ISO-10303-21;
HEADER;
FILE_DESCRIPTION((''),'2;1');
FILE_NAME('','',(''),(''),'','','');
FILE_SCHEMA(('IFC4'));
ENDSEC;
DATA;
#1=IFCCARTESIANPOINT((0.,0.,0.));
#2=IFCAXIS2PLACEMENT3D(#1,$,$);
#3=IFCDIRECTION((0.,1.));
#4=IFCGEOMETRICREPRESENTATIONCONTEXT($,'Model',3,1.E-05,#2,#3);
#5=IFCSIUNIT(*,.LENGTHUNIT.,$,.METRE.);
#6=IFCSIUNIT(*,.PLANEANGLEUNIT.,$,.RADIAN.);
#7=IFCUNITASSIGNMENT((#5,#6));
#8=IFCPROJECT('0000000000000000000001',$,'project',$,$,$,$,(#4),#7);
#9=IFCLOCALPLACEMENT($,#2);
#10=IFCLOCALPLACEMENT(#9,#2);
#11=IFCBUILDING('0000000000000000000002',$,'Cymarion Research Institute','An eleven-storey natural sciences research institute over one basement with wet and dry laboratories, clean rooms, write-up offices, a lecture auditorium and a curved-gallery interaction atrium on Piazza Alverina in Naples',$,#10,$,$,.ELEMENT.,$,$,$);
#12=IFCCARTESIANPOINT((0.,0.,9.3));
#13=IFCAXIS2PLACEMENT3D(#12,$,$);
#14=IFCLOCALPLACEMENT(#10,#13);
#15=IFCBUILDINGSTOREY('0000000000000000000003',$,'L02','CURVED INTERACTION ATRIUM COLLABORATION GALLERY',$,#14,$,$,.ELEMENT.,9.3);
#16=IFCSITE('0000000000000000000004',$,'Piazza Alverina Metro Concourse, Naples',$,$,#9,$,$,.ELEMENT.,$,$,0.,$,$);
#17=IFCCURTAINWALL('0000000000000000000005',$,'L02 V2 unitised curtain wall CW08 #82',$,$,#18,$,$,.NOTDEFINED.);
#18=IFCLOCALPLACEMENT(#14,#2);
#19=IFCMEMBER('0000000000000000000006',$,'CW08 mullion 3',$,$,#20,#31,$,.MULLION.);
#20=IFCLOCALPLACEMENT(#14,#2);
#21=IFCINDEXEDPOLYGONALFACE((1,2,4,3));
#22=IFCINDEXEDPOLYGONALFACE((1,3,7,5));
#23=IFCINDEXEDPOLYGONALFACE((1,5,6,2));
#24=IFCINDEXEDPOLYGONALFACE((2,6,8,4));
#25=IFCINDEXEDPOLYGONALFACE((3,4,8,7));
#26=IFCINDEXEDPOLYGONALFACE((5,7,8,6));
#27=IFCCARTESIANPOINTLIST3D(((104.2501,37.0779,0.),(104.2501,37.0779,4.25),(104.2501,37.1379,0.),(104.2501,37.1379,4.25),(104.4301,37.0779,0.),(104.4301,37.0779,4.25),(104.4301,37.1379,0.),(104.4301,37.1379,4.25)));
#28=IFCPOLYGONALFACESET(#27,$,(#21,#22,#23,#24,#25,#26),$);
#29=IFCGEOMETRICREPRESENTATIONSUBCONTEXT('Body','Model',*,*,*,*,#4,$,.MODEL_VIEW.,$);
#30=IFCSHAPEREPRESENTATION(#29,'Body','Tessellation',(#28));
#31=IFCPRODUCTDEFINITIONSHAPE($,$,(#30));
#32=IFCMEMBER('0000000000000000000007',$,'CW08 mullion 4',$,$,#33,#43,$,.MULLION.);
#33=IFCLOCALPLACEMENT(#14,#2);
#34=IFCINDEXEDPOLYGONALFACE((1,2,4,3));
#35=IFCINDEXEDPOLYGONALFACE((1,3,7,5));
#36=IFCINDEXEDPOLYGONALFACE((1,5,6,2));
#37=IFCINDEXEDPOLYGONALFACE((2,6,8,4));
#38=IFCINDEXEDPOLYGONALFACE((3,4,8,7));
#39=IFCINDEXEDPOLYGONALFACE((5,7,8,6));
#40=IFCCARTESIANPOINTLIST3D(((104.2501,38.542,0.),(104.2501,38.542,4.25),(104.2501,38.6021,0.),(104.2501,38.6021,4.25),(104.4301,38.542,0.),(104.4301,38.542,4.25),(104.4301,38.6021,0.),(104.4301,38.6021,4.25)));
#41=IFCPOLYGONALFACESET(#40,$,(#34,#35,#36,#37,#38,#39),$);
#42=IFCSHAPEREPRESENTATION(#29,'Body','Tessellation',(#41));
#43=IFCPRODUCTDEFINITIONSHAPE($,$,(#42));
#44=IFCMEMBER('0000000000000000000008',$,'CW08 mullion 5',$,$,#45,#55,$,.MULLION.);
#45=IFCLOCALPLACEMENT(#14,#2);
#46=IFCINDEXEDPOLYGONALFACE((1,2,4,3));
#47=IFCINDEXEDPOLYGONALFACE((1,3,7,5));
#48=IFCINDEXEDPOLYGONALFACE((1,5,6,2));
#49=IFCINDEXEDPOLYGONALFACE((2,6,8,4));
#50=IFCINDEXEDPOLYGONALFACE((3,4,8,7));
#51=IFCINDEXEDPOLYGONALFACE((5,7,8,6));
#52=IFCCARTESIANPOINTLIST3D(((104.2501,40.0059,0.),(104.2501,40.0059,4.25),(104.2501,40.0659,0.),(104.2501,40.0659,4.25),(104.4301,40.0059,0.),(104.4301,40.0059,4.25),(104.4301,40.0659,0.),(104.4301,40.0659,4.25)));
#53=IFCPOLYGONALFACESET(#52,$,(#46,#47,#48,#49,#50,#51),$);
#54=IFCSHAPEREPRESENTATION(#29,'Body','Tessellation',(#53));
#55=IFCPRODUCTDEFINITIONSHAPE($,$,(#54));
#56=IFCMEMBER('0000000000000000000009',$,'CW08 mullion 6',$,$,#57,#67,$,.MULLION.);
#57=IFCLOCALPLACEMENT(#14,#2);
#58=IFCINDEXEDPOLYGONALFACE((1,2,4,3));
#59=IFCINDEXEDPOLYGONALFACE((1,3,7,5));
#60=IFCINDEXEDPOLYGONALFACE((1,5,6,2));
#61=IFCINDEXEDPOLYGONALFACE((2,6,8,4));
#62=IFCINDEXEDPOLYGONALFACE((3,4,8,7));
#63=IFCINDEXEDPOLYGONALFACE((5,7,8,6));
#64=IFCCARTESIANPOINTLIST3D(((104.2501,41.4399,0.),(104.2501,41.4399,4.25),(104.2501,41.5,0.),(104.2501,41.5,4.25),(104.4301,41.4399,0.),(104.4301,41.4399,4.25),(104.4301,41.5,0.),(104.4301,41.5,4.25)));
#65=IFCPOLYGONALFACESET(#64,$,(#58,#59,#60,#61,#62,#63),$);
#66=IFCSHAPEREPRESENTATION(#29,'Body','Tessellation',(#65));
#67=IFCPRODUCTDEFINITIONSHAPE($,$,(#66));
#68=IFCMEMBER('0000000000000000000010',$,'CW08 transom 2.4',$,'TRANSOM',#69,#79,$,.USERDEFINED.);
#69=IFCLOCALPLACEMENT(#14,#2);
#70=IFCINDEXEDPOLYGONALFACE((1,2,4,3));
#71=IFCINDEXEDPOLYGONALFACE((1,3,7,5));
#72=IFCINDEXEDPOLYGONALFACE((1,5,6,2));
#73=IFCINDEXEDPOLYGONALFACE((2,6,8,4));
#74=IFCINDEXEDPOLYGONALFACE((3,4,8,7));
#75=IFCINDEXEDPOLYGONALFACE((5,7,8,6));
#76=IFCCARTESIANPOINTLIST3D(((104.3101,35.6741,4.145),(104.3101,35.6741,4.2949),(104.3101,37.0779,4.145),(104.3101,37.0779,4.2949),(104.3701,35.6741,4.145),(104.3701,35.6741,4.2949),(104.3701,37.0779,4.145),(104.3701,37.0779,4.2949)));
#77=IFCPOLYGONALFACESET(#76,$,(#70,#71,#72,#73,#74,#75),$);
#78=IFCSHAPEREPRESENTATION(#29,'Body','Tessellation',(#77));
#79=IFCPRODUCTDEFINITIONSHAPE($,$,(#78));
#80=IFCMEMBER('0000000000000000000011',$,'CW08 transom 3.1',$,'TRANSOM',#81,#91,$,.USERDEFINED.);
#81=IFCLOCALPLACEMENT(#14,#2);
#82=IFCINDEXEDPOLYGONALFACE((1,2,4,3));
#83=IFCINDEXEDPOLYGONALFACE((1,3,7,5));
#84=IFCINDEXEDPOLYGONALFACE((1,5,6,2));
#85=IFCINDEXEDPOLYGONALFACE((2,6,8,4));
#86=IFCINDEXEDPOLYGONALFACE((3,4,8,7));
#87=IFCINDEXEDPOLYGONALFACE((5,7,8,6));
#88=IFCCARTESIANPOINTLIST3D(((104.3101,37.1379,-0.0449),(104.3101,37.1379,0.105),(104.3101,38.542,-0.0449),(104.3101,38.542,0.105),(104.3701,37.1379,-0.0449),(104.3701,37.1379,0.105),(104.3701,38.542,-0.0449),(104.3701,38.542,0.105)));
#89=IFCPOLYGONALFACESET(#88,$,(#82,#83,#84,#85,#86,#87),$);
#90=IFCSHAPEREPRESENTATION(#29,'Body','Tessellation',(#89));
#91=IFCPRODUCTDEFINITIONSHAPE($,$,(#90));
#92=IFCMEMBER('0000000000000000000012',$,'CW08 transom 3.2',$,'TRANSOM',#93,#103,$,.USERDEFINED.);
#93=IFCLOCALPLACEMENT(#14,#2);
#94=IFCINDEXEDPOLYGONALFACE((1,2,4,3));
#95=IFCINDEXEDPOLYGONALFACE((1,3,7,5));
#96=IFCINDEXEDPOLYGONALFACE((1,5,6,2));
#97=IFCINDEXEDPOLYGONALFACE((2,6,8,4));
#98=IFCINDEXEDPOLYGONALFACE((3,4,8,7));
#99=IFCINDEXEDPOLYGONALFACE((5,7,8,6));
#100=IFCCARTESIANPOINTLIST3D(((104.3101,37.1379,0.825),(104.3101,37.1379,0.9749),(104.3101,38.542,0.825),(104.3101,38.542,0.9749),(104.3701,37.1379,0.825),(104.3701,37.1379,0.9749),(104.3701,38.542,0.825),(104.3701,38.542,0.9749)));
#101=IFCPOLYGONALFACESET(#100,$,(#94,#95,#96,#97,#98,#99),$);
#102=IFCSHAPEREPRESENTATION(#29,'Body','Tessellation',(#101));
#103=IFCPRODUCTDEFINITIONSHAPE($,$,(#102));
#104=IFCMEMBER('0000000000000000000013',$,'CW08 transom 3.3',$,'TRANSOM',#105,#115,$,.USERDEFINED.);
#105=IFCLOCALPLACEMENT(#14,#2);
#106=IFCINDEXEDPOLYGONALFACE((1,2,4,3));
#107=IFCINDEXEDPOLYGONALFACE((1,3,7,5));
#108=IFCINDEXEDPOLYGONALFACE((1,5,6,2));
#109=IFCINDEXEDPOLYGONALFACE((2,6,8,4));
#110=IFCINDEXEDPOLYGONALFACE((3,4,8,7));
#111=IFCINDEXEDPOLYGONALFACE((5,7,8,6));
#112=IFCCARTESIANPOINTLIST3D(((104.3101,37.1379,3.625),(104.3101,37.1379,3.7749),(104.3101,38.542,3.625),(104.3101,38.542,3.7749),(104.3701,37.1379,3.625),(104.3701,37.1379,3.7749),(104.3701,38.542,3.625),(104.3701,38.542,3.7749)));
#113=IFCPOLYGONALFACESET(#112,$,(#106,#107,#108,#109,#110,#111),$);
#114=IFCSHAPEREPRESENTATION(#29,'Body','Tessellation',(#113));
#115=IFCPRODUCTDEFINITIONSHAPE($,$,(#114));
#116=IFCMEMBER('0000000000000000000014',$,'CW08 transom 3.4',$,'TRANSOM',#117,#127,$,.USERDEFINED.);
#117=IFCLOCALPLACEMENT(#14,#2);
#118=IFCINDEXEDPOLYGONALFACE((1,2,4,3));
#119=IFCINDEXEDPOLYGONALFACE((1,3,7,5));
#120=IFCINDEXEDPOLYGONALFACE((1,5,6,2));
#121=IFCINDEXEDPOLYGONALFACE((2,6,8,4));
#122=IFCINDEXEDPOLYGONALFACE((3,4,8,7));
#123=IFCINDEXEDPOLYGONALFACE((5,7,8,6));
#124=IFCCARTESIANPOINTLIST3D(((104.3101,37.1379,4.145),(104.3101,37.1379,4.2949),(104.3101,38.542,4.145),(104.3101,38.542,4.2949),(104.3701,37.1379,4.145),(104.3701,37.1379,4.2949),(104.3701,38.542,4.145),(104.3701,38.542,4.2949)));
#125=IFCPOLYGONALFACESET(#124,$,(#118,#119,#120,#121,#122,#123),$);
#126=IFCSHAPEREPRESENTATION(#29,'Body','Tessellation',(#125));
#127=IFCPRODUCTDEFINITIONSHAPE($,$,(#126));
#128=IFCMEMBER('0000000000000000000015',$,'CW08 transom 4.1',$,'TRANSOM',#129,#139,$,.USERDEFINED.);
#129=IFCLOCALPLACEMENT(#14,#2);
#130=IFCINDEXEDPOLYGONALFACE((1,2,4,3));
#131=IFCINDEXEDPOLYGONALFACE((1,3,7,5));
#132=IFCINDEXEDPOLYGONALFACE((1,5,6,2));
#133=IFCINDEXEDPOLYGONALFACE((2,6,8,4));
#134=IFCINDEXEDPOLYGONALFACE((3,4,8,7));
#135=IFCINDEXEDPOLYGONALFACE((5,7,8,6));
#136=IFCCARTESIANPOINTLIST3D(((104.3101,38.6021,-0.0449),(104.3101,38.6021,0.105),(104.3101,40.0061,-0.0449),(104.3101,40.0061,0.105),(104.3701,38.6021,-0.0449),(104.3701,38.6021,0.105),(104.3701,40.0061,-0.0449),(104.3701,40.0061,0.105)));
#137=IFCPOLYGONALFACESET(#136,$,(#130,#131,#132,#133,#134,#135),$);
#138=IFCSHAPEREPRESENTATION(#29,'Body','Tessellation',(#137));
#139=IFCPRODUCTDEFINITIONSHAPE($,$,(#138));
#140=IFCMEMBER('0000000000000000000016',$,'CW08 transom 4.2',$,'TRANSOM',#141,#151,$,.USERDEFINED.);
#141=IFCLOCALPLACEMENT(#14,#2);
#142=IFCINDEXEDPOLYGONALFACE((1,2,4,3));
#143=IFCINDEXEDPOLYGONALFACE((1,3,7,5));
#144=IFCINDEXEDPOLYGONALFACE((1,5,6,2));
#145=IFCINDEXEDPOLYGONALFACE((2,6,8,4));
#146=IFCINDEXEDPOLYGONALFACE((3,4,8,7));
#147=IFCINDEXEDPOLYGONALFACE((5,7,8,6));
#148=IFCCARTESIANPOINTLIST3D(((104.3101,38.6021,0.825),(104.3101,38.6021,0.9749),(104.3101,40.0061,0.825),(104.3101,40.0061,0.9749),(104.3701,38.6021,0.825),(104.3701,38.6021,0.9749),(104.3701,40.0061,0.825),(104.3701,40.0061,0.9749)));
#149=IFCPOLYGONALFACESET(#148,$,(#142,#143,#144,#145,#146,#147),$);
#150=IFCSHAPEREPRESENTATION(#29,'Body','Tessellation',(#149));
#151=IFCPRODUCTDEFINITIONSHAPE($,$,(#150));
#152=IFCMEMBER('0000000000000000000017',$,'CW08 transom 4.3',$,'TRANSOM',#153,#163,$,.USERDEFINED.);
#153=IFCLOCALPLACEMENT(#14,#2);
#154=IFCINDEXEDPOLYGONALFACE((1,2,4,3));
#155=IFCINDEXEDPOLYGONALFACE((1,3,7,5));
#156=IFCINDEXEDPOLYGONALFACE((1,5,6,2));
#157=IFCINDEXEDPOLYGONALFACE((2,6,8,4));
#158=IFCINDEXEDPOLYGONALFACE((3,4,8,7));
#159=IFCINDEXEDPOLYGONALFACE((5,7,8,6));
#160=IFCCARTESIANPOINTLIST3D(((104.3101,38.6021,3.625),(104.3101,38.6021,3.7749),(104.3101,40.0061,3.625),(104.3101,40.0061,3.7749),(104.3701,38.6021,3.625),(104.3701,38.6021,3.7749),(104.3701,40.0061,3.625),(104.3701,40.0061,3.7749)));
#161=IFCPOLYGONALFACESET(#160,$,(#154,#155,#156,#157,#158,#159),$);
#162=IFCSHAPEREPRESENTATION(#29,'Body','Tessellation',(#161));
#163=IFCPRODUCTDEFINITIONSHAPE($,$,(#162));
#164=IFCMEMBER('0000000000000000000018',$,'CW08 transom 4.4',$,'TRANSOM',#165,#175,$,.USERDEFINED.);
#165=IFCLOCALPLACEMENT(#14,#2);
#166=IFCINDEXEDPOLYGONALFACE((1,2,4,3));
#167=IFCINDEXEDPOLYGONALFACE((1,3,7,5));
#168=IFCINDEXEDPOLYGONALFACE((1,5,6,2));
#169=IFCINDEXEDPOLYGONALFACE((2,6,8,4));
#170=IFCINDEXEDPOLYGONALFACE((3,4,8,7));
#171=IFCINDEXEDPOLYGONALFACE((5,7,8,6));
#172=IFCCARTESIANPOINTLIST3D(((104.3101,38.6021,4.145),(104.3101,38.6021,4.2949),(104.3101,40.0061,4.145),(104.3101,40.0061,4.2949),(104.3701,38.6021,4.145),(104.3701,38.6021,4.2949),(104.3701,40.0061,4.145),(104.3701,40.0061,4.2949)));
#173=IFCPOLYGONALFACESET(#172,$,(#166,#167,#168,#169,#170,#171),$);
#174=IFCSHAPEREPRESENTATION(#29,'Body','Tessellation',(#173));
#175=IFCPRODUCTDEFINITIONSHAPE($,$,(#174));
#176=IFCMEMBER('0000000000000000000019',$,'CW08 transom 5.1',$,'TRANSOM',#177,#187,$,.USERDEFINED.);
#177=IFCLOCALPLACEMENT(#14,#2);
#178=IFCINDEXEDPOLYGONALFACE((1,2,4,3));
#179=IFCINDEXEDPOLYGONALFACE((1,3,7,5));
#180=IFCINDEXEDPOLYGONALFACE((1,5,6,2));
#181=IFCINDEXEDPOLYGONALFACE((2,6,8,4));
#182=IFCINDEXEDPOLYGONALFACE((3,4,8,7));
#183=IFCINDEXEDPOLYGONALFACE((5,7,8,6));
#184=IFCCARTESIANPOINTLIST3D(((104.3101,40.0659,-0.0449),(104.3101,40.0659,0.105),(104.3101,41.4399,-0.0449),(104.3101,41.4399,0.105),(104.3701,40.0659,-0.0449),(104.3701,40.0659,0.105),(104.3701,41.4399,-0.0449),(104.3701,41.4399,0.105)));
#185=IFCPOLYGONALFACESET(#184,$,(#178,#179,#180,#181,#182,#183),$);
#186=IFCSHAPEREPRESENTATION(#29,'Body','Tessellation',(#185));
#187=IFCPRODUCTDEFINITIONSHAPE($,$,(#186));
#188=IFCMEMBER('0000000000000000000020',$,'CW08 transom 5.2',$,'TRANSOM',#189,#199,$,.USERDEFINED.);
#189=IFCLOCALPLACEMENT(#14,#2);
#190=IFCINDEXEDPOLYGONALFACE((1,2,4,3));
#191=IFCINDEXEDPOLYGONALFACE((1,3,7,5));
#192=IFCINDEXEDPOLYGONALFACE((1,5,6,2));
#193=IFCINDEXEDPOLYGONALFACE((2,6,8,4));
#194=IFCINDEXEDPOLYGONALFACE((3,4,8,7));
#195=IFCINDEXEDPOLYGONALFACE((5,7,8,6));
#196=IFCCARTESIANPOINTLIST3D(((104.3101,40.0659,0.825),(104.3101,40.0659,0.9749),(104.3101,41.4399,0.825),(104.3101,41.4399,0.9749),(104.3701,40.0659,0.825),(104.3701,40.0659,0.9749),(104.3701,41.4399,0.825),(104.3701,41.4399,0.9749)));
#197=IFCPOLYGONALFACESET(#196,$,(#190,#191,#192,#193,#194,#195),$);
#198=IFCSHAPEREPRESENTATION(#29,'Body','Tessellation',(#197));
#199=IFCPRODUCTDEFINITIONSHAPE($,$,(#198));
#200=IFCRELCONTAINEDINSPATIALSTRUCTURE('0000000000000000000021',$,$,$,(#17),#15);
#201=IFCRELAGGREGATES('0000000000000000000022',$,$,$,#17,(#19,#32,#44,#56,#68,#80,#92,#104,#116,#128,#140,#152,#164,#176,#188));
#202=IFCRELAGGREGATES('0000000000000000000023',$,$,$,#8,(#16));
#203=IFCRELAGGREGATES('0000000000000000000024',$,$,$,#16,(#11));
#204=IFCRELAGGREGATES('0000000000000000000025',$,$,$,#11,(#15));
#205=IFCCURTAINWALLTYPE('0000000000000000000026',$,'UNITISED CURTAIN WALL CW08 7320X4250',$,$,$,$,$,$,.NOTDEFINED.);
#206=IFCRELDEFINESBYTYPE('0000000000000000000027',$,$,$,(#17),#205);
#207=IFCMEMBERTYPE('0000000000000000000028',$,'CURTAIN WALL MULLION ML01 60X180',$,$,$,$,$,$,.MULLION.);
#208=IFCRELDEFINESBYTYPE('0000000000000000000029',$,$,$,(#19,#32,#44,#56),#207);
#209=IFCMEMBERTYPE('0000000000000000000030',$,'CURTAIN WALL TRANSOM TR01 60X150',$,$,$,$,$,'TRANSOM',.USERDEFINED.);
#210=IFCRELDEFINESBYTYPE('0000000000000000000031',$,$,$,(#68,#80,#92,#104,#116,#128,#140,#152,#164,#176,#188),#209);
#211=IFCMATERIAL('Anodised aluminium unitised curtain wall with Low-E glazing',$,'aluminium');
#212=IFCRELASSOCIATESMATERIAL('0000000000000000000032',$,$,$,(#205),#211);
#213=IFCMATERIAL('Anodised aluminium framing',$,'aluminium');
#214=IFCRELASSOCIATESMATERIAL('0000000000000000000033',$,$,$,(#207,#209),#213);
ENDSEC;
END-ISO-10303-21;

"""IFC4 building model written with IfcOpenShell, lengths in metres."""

from ifc_helpers import new_model, si_unit, direction, frame, origin, origin_2d, place, context, subcontext, project, spatial, rectangle, extrude, material, material_profile, profile_set, type_object, element, aggregate, save


model = new_model("IFC4")

# Units and contexts
model_context = context("Model", 3, precision=1e-05, world=origin(), true_north=direction((0.0, 1.0)))
body_context = subcontext(model_context, "Body", "Model", "MODEL_VIEW")
ifc_project = project(units=[si_unit("LENGTHUNIT", "METRE"), si_unit("PLANEANGLEUNIT", "RADIAN")], contexts=[model_context])

# Site, building, storey
site_placement = place(None, origin())
site = spatial("IfcSite", under=ifc_project, at=site_placement, Name="Piazza Alverina Metro Concourse, Naples", CompositionType="ELEMENT", RefElevation=0.0)
building_placement = place(site_placement, origin())
building = spatial("IfcBuilding", under=site, at=building_placement, Name="Cymarion Research Institute", Description="An eleven-storey natural sciences research institute over one basement with wet and dry laboratories, clean rooms, write-up offices, a lecture auditorium and a curved-gallery interaction atrium on Piazza Alverina in Naples", CompositionType="ELEMENT")
storey_placement = place(building_placement, frame((0.0, 0.0, 9.3)))
storey = spatial("IfcBuildingStorey", under=building, at=storey_placement, Name="L02", Description="CURVED INTERACTION ATRIUM COLLABORATION GALLERY", CompositionType="ELEMENT", Elevation=9.3)

# Curtain wall, members
ifc_material_1 = material(Name="Anodised aluminium unitised curtain wall with Low-E glazing", Category="aluminium")
curtain_wall_type = type_object("IfcCurtainWallType", Name="UNITISED CURTAIN WALL CW08 7320X4250", PredefinedType="NOTDEFINED", material=ifc_material_1)
curtain_wall_placement = place(storey_placement, origin())
curtain_wall = element("IfcCurtainWall", 1, at=curtain_wall_placement, inside=storey, type_object=curtain_wall_type, Name="L02 V2 unitised curtain wall CW08 #82", PredefinedType="NOTDEFINED")
ifc_material_2 = material(Name="Anodised aluminium framing", Category="aluminium")
ifc_material_profile_1 = material_profile(ifc_material_2, rectangle(XDim=0.0601, YDim=0.1799, at=origin_2d()), Name="ALU MULLION 60x180")
ifc_profile_set_1 = profile_set([ifc_material_profile_1], Name="Anodised aluminium framing")
member_type_1 = type_object("IfcMemberType", Name="CURTAIN WALL MULLION ML01 60X180", PredefinedType="MULLION", material=ifc_profile_set_1)
member_1_placement = place(storey_placement, frame((104.3401, 37.1079, 0.0), z_axis=(0.0, 0.0, 1.0), x_axis=(0.0, 1.0, 0.0)))
member_1 = element("IfcMember", 2, at=member_1_placement, type_object=member_type_1, Name="CW08 mullion 3", PredefinedType="MULLION", context=body_context, shape_type="SweptSolid", body=[
    extrude(rectangle(XDim=0.0601, YDim=0.1799, at=origin_2d()), origin(), (0.0, 0.0, 1.0), 4.25),
])
member_2_placement = place(storey_placement, frame((104.3401, 38.572, 0.0), z_axis=(0.0, 0.0, 1.0), x_axis=(0.0, 1.0, 0.0)))
member_2 = element("IfcMember", 3, at=member_2_placement, type_object=member_type_1, Name="CW08 mullion 4", PredefinedType="MULLION", context=body_context, shape_type="SweptSolid", body=[
    extrude(rectangle(XDim=0.0601, YDim=0.1799, at=origin_2d()), origin(), (0.0, 0.0, 1.0), 4.25),
])
member_3_placement = place(storey_placement, frame((104.3401, 40.0359, 0.0), z_axis=(0.0, 0.0, 1.0), x_axis=(0.0, 1.0, 0.0)))
member_3 = element("IfcMember", 4, at=member_3_placement, type_object=member_type_1, Name="CW08 mullion 5", PredefinedType="MULLION", context=body_context, shape_type="SweptSolid", body=[
    extrude(rectangle(XDim=0.0601, YDim=0.1799, at=origin_2d()), origin(), (0.0, 0.0, 1.0), 4.25),
])
member_4_placement = place(storey_placement, frame((104.3401, 41.47, 0.0), z_axis=(0.0, 0.0, 1.0), x_axis=(0.0, 1.0, 0.0)))
member_4 = element("IfcMember", 5, at=member_4_placement, type_object=member_type_1, Name="CW08 mullion 6", PredefinedType="MULLION", context=body_context, shape_type="SweptSolid", body=[
    extrude(rectangle(XDim=0.0601, YDim=0.1799, at=origin_2d()), origin(), (0.0, 0.0, 1.0), 4.25),
])
ifc_material_profile_2 = material_profile(ifc_material_2, rectangle(XDim=0.0601, YDim=0.1499, at=origin_2d()), Name="ALU TRANSOM 60x150")
ifc_profile_set_2 = profile_set([ifc_material_profile_2], Name="Anodised aluminium framing")
member_type_2 = type_object("IfcMemberType", Name="CURTAIN WALL TRANSOM TR01 60X150", ElementType="TRANSOM", PredefinedType="USERDEFINED", material=ifc_profile_set_2)
member_5_placement = place(storey_placement, frame((104.3401, 35.6741, 4.22), z_axis=(0.0, 1.0, 0.0), x_axis=(-1.0, 0.0, 0.0)))
member_5 = element("IfcMember", 6, at=member_5_placement, type_object=member_type_2, Name="CW08 transom 2.4", ObjectType="TRANSOM", PredefinedType="USERDEFINED", context=body_context, shape_type="SweptSolid", body=[
    extrude(rectangle(XDim=0.0601, YDim=0.1499, at=origin_2d()), origin(), (0.0, 0.0, 1.0), 1.4038),
])
member_6_placement = place(storey_placement, frame((104.3401, 37.1379, 0.03), z_axis=(0.0, 1.0, 0.0), x_axis=(-1.0, 0.0, 0.0)))
member_6 = element("IfcMember", 7, at=member_6_placement, type_object=member_type_2, Name="CW08 transom 3.1", ObjectType="TRANSOM", PredefinedType="USERDEFINED", context=body_context, shape_type="SweptSolid", body=[
    extrude(rectangle(XDim=0.0601, YDim=0.1499, at=origin_2d()), origin(), (0.0, 0.0, 1.0), 1.4041),
])
member_7_placement = place(storey_placement, frame((104.3401, 37.1379, 0.8999), z_axis=(0.0, 1.0, 0.0), x_axis=(-1.0, 0.0, 0.0)))
member_7 = element("IfcMember", 8, at=member_7_placement, type_object=member_type_2, Name="CW08 transom 3.2", ObjectType="TRANSOM", PredefinedType="USERDEFINED", context=body_context, shape_type="SweptSolid", body=[
    extrude(rectangle(XDim=0.0601, YDim=0.1499, at=origin_2d()), origin(), (0.0, 0.0, 1.0), 1.4041),
])
member_8_placement = place(storey_placement, frame((104.3401, 37.1379, 3.7), z_axis=(0.0, 1.0, 0.0), x_axis=(-1.0, 0.0, 0.0)))
member_8 = element("IfcMember", 9, at=member_8_placement, type_object=member_type_2, Name="CW08 transom 3.3", ObjectType="TRANSOM", PredefinedType="USERDEFINED", context=body_context, shape_type="SweptSolid", body=[
    extrude(rectangle(XDim=0.0601, YDim=0.1499, at=origin_2d()), origin(), (0.0, 0.0, 1.0), 1.4041),
])
member_9_placement = place(storey_placement, frame((104.3401, 37.1379, 4.22), z_axis=(0.0, 1.0, 0.0), x_axis=(-1.0, 0.0, 0.0)))
member_9 = element("IfcMember", 10, at=member_9_placement, type_object=member_type_2, Name="CW08 transom 3.4", ObjectType="TRANSOM", PredefinedType="USERDEFINED", context=body_context, shape_type="SweptSolid", body=[
    extrude(rectangle(XDim=0.0601, YDim=0.1499, at=origin_2d()), origin(), (0.0, 0.0, 1.0), 1.4041),
])
member_10_placement = place(storey_placement, frame((104.3401, 38.6021, 0.03), z_axis=(0.0, 1.0, 0.0), x_axis=(-1.0, 0.0, 0.0)))
member_10 = element("IfcMember", 11, at=member_10_placement, type_object=member_type_2, Name="CW08 transom 4.1", ObjectType="TRANSOM", PredefinedType="USERDEFINED", context=body_context, shape_type="SweptSolid", body=[
    extrude(rectangle(XDim=0.0601, YDim=0.1499, at=origin_2d()), origin(), (0.0, 0.0, 1.0), 1.4041),
])
member_11_placement = place(storey_placement, frame((104.3401, 38.6021, 0.8999), z_axis=(0.0, 1.0, 0.0), x_axis=(-1.0, 0.0, 0.0)))
member_11 = element("IfcMember", 12, at=member_11_placement, type_object=member_type_2, Name="CW08 transom 4.2", ObjectType="TRANSOM", PredefinedType="USERDEFINED", context=body_context, shape_type="SweptSolid", body=[
    extrude(rectangle(XDim=0.0601, YDim=0.1499, at=origin_2d()), origin(), (0.0, 0.0, 1.0), 1.4041),
])
member_12_placement = place(storey_placement, frame((104.3401, 38.6021, 3.7), z_axis=(0.0, 1.0, 0.0), x_axis=(-1.0, 0.0, 0.0)))
member_12 = element("IfcMember", 13, at=member_12_placement, type_object=member_type_2, Name="CW08 transom 4.3", ObjectType="TRANSOM", PredefinedType="USERDEFINED", context=body_context, shape_type="SweptSolid", body=[
    extrude(rectangle(XDim=0.0601, YDim=0.1499, at=origin_2d()), origin(), (0.0, 0.0, 1.0), 1.4041),
])
member_13_placement = place(storey_placement, frame((104.3401, 38.6021, 4.22), z_axis=(0.0, 1.0, 0.0), x_axis=(-1.0, 0.0, 0.0)))
member_13 = element("IfcMember", 14, at=member_13_placement, type_object=member_type_2, Name="CW08 transom 4.4", ObjectType="TRANSOM", PredefinedType="USERDEFINED", context=body_context, shape_type="SweptSolid", body=[
    extrude(rectangle(XDim=0.0601, YDim=0.1499, at=origin_2d()), origin(), (0.0, 0.0, 1.0), 1.4041),
])
member_14_placement = place(storey_placement, frame((104.3401, 40.0659, 0.03), z_axis=(0.0, 1.0, 0.0), x_axis=(-1.0, 0.0, 0.0)))
member_14 = element("IfcMember", 15, at=member_14_placement, type_object=member_type_2, Name="CW08 transom 5.1", ObjectType="TRANSOM", PredefinedType="USERDEFINED", context=body_context, shape_type="SweptSolid", body=[
    extrude(rectangle(XDim=0.0601, YDim=0.1499, at=origin_2d()), origin(), (0.0, 0.0, 1.0), 1.374),
])
member_15_placement = place(storey_placement, frame((104.3401, 40.0659, 0.8999), z_axis=(0.0, 1.0, 0.0), x_axis=(-1.0, 0.0, 0.0)))
member_15 = element("IfcMember", 16, at=member_15_placement, type_object=member_type_2, Name="CW08 transom 5.2", ObjectType="TRANSOM", PredefinedType="USERDEFINED", context=body_context, shape_type="SweptSolid", body=[
    extrude(rectangle(XDim=0.0601, YDim=0.1499, at=origin_2d()), origin(), (0.0, 0.0, 1.0), 1.374),
])
aggregate(curtain_wall, [member_1, member_2, member_3, member_4, member_5, member_6, member_7, member_8, member_9, member_10, member_11, member_12, member_13, member_14, member_15])

save(model, "model.ifc")
